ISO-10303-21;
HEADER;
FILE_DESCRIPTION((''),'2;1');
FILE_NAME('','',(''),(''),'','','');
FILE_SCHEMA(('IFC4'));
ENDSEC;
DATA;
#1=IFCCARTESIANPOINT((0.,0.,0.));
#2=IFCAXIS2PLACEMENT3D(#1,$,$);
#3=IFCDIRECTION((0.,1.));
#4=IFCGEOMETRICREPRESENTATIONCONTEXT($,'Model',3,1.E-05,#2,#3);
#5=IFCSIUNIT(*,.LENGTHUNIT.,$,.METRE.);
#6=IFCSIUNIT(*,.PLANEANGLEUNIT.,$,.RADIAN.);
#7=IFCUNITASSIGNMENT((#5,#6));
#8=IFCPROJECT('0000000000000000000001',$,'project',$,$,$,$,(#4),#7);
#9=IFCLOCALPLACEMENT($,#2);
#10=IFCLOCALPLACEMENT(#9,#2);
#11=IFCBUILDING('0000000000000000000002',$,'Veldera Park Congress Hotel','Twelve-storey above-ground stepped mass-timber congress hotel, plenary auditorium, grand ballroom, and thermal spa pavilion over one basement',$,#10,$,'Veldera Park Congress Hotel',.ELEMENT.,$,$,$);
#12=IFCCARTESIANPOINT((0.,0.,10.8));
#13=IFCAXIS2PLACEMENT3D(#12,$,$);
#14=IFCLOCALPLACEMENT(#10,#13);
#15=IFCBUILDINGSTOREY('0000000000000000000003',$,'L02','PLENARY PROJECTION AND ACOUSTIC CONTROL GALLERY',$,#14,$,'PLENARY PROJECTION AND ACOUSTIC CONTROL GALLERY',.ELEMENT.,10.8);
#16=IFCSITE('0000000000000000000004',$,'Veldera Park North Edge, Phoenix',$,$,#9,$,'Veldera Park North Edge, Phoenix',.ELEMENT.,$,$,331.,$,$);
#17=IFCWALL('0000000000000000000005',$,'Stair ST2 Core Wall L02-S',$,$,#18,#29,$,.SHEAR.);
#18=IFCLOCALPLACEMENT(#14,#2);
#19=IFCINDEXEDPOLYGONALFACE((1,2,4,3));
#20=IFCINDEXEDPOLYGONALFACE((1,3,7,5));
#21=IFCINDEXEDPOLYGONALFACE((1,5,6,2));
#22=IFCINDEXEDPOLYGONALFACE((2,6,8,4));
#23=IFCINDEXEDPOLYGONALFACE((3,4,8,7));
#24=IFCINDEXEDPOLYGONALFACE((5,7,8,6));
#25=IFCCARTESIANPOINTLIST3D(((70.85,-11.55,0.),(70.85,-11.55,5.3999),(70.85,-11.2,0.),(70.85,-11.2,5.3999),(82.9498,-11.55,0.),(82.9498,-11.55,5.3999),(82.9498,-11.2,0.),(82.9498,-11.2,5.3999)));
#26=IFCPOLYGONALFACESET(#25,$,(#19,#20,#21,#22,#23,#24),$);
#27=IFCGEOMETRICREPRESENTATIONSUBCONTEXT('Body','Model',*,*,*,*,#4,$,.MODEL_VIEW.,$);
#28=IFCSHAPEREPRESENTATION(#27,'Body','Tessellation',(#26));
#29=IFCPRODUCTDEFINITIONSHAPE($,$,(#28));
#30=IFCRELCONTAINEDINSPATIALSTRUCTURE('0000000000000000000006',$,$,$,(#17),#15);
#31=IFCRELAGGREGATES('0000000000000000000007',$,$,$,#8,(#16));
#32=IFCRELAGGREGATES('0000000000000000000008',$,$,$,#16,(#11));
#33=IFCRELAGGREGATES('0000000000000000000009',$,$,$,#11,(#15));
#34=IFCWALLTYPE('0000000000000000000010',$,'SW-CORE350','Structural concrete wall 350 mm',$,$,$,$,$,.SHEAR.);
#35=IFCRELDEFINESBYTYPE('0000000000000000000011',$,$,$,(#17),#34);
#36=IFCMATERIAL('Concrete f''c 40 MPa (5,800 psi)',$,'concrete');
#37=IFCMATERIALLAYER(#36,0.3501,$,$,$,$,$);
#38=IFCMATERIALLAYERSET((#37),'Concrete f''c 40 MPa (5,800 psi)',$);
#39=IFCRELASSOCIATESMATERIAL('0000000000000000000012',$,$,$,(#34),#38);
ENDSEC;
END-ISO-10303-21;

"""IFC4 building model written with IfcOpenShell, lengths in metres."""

from ifc_helpers import new_model, si_unit, direction, frame, frame_2d, origin, place, context, subcontext, project, spatial, rectangle, extrude, material, layer, layer_set, type_object, element, save


model = new_model("IFC4")

# Units and contexts
model_context = context("Model", 3, precision=1e-05, world=origin(), true_north=direction((0.0, 1.0)))
body_context = subcontext(model_context, "Body", "Model", "MODEL_VIEW")
ifc_project = project(units=[si_unit("LENGTHUNIT", "METRE"), si_unit("PLANEANGLEUNIT", "RADIAN")], contexts=[model_context])

# Site, building, storey
site_placement = place(None, origin())
site = spatial("IfcSite", under=ifc_project, at=site_placement, Name="Veldera Park North Edge, Phoenix", LongName="Veldera Park North Edge, Phoenix", CompositionType="ELEMENT", RefElevation=331.0)
building_placement = place(site_placement, origin())
building = spatial("IfcBuilding", under=site, at=building_placement, Name="Veldera Park Congress Hotel", Description="Twelve-storey above-ground stepped mass-timber congress hotel, plenary auditorium, grand ballroom, and thermal spa pavilion over one basement", LongName="Veldera Park Congress Hotel", CompositionType="ELEMENT")
storey_placement = place(building_placement, frame((0.0, 0.0, 10.8)))
storey = spatial("IfcBuildingStorey", under=building, at=storey_placement, Name="L02", Description="PLENARY PROJECTION AND ACOUSTIC CONTROL GALLERY", LongName="PLENARY PROJECTION AND ACOUSTIC CONTROL GALLERY", CompositionType="ELEMENT", Elevation=10.8)

# Shared definitions
ifc_material_1 = material(Name="Concrete f'c 40 MPa (5,800 psi)", Category="concrete")

# Wall
ifc_layer_1 = layer(ifc_material_1, 0.3501)
ifc_layer_set_1 = layer_set([ifc_layer_1], Name="Concrete f'c 40 MPa (5,800 psi)")
wall_type_1 = type_object("IfcWallType", Name="SW-CORE350", Description="Structural concrete wall 350 mm", PredefinedType="SHEAR", material=ifc_layer_set_1)
wall_1_placement = place(storey_placement, frame((70.8501, -11.375, 0.0), z_axis=(0.0, 0.0, 1.0), x_axis=(1.0, 0.0, 0.0)))
element("IfcWall", 1, at=wall_1_placement, inside=storey, type_object=wall_type_1, Name="Stair ST2 Core Wall L02-S", PredefinedType="SHEAR", context=body_context, shape_type="SweptSolid", body=[
    extrude(rectangle(XDim=12.0999, YDim=0.3501, at=frame_2d((6.0498, 0.0))), origin(), (0.0, 0.0, 1.0), 5.3999),
])

save(model, "model.ifc")
